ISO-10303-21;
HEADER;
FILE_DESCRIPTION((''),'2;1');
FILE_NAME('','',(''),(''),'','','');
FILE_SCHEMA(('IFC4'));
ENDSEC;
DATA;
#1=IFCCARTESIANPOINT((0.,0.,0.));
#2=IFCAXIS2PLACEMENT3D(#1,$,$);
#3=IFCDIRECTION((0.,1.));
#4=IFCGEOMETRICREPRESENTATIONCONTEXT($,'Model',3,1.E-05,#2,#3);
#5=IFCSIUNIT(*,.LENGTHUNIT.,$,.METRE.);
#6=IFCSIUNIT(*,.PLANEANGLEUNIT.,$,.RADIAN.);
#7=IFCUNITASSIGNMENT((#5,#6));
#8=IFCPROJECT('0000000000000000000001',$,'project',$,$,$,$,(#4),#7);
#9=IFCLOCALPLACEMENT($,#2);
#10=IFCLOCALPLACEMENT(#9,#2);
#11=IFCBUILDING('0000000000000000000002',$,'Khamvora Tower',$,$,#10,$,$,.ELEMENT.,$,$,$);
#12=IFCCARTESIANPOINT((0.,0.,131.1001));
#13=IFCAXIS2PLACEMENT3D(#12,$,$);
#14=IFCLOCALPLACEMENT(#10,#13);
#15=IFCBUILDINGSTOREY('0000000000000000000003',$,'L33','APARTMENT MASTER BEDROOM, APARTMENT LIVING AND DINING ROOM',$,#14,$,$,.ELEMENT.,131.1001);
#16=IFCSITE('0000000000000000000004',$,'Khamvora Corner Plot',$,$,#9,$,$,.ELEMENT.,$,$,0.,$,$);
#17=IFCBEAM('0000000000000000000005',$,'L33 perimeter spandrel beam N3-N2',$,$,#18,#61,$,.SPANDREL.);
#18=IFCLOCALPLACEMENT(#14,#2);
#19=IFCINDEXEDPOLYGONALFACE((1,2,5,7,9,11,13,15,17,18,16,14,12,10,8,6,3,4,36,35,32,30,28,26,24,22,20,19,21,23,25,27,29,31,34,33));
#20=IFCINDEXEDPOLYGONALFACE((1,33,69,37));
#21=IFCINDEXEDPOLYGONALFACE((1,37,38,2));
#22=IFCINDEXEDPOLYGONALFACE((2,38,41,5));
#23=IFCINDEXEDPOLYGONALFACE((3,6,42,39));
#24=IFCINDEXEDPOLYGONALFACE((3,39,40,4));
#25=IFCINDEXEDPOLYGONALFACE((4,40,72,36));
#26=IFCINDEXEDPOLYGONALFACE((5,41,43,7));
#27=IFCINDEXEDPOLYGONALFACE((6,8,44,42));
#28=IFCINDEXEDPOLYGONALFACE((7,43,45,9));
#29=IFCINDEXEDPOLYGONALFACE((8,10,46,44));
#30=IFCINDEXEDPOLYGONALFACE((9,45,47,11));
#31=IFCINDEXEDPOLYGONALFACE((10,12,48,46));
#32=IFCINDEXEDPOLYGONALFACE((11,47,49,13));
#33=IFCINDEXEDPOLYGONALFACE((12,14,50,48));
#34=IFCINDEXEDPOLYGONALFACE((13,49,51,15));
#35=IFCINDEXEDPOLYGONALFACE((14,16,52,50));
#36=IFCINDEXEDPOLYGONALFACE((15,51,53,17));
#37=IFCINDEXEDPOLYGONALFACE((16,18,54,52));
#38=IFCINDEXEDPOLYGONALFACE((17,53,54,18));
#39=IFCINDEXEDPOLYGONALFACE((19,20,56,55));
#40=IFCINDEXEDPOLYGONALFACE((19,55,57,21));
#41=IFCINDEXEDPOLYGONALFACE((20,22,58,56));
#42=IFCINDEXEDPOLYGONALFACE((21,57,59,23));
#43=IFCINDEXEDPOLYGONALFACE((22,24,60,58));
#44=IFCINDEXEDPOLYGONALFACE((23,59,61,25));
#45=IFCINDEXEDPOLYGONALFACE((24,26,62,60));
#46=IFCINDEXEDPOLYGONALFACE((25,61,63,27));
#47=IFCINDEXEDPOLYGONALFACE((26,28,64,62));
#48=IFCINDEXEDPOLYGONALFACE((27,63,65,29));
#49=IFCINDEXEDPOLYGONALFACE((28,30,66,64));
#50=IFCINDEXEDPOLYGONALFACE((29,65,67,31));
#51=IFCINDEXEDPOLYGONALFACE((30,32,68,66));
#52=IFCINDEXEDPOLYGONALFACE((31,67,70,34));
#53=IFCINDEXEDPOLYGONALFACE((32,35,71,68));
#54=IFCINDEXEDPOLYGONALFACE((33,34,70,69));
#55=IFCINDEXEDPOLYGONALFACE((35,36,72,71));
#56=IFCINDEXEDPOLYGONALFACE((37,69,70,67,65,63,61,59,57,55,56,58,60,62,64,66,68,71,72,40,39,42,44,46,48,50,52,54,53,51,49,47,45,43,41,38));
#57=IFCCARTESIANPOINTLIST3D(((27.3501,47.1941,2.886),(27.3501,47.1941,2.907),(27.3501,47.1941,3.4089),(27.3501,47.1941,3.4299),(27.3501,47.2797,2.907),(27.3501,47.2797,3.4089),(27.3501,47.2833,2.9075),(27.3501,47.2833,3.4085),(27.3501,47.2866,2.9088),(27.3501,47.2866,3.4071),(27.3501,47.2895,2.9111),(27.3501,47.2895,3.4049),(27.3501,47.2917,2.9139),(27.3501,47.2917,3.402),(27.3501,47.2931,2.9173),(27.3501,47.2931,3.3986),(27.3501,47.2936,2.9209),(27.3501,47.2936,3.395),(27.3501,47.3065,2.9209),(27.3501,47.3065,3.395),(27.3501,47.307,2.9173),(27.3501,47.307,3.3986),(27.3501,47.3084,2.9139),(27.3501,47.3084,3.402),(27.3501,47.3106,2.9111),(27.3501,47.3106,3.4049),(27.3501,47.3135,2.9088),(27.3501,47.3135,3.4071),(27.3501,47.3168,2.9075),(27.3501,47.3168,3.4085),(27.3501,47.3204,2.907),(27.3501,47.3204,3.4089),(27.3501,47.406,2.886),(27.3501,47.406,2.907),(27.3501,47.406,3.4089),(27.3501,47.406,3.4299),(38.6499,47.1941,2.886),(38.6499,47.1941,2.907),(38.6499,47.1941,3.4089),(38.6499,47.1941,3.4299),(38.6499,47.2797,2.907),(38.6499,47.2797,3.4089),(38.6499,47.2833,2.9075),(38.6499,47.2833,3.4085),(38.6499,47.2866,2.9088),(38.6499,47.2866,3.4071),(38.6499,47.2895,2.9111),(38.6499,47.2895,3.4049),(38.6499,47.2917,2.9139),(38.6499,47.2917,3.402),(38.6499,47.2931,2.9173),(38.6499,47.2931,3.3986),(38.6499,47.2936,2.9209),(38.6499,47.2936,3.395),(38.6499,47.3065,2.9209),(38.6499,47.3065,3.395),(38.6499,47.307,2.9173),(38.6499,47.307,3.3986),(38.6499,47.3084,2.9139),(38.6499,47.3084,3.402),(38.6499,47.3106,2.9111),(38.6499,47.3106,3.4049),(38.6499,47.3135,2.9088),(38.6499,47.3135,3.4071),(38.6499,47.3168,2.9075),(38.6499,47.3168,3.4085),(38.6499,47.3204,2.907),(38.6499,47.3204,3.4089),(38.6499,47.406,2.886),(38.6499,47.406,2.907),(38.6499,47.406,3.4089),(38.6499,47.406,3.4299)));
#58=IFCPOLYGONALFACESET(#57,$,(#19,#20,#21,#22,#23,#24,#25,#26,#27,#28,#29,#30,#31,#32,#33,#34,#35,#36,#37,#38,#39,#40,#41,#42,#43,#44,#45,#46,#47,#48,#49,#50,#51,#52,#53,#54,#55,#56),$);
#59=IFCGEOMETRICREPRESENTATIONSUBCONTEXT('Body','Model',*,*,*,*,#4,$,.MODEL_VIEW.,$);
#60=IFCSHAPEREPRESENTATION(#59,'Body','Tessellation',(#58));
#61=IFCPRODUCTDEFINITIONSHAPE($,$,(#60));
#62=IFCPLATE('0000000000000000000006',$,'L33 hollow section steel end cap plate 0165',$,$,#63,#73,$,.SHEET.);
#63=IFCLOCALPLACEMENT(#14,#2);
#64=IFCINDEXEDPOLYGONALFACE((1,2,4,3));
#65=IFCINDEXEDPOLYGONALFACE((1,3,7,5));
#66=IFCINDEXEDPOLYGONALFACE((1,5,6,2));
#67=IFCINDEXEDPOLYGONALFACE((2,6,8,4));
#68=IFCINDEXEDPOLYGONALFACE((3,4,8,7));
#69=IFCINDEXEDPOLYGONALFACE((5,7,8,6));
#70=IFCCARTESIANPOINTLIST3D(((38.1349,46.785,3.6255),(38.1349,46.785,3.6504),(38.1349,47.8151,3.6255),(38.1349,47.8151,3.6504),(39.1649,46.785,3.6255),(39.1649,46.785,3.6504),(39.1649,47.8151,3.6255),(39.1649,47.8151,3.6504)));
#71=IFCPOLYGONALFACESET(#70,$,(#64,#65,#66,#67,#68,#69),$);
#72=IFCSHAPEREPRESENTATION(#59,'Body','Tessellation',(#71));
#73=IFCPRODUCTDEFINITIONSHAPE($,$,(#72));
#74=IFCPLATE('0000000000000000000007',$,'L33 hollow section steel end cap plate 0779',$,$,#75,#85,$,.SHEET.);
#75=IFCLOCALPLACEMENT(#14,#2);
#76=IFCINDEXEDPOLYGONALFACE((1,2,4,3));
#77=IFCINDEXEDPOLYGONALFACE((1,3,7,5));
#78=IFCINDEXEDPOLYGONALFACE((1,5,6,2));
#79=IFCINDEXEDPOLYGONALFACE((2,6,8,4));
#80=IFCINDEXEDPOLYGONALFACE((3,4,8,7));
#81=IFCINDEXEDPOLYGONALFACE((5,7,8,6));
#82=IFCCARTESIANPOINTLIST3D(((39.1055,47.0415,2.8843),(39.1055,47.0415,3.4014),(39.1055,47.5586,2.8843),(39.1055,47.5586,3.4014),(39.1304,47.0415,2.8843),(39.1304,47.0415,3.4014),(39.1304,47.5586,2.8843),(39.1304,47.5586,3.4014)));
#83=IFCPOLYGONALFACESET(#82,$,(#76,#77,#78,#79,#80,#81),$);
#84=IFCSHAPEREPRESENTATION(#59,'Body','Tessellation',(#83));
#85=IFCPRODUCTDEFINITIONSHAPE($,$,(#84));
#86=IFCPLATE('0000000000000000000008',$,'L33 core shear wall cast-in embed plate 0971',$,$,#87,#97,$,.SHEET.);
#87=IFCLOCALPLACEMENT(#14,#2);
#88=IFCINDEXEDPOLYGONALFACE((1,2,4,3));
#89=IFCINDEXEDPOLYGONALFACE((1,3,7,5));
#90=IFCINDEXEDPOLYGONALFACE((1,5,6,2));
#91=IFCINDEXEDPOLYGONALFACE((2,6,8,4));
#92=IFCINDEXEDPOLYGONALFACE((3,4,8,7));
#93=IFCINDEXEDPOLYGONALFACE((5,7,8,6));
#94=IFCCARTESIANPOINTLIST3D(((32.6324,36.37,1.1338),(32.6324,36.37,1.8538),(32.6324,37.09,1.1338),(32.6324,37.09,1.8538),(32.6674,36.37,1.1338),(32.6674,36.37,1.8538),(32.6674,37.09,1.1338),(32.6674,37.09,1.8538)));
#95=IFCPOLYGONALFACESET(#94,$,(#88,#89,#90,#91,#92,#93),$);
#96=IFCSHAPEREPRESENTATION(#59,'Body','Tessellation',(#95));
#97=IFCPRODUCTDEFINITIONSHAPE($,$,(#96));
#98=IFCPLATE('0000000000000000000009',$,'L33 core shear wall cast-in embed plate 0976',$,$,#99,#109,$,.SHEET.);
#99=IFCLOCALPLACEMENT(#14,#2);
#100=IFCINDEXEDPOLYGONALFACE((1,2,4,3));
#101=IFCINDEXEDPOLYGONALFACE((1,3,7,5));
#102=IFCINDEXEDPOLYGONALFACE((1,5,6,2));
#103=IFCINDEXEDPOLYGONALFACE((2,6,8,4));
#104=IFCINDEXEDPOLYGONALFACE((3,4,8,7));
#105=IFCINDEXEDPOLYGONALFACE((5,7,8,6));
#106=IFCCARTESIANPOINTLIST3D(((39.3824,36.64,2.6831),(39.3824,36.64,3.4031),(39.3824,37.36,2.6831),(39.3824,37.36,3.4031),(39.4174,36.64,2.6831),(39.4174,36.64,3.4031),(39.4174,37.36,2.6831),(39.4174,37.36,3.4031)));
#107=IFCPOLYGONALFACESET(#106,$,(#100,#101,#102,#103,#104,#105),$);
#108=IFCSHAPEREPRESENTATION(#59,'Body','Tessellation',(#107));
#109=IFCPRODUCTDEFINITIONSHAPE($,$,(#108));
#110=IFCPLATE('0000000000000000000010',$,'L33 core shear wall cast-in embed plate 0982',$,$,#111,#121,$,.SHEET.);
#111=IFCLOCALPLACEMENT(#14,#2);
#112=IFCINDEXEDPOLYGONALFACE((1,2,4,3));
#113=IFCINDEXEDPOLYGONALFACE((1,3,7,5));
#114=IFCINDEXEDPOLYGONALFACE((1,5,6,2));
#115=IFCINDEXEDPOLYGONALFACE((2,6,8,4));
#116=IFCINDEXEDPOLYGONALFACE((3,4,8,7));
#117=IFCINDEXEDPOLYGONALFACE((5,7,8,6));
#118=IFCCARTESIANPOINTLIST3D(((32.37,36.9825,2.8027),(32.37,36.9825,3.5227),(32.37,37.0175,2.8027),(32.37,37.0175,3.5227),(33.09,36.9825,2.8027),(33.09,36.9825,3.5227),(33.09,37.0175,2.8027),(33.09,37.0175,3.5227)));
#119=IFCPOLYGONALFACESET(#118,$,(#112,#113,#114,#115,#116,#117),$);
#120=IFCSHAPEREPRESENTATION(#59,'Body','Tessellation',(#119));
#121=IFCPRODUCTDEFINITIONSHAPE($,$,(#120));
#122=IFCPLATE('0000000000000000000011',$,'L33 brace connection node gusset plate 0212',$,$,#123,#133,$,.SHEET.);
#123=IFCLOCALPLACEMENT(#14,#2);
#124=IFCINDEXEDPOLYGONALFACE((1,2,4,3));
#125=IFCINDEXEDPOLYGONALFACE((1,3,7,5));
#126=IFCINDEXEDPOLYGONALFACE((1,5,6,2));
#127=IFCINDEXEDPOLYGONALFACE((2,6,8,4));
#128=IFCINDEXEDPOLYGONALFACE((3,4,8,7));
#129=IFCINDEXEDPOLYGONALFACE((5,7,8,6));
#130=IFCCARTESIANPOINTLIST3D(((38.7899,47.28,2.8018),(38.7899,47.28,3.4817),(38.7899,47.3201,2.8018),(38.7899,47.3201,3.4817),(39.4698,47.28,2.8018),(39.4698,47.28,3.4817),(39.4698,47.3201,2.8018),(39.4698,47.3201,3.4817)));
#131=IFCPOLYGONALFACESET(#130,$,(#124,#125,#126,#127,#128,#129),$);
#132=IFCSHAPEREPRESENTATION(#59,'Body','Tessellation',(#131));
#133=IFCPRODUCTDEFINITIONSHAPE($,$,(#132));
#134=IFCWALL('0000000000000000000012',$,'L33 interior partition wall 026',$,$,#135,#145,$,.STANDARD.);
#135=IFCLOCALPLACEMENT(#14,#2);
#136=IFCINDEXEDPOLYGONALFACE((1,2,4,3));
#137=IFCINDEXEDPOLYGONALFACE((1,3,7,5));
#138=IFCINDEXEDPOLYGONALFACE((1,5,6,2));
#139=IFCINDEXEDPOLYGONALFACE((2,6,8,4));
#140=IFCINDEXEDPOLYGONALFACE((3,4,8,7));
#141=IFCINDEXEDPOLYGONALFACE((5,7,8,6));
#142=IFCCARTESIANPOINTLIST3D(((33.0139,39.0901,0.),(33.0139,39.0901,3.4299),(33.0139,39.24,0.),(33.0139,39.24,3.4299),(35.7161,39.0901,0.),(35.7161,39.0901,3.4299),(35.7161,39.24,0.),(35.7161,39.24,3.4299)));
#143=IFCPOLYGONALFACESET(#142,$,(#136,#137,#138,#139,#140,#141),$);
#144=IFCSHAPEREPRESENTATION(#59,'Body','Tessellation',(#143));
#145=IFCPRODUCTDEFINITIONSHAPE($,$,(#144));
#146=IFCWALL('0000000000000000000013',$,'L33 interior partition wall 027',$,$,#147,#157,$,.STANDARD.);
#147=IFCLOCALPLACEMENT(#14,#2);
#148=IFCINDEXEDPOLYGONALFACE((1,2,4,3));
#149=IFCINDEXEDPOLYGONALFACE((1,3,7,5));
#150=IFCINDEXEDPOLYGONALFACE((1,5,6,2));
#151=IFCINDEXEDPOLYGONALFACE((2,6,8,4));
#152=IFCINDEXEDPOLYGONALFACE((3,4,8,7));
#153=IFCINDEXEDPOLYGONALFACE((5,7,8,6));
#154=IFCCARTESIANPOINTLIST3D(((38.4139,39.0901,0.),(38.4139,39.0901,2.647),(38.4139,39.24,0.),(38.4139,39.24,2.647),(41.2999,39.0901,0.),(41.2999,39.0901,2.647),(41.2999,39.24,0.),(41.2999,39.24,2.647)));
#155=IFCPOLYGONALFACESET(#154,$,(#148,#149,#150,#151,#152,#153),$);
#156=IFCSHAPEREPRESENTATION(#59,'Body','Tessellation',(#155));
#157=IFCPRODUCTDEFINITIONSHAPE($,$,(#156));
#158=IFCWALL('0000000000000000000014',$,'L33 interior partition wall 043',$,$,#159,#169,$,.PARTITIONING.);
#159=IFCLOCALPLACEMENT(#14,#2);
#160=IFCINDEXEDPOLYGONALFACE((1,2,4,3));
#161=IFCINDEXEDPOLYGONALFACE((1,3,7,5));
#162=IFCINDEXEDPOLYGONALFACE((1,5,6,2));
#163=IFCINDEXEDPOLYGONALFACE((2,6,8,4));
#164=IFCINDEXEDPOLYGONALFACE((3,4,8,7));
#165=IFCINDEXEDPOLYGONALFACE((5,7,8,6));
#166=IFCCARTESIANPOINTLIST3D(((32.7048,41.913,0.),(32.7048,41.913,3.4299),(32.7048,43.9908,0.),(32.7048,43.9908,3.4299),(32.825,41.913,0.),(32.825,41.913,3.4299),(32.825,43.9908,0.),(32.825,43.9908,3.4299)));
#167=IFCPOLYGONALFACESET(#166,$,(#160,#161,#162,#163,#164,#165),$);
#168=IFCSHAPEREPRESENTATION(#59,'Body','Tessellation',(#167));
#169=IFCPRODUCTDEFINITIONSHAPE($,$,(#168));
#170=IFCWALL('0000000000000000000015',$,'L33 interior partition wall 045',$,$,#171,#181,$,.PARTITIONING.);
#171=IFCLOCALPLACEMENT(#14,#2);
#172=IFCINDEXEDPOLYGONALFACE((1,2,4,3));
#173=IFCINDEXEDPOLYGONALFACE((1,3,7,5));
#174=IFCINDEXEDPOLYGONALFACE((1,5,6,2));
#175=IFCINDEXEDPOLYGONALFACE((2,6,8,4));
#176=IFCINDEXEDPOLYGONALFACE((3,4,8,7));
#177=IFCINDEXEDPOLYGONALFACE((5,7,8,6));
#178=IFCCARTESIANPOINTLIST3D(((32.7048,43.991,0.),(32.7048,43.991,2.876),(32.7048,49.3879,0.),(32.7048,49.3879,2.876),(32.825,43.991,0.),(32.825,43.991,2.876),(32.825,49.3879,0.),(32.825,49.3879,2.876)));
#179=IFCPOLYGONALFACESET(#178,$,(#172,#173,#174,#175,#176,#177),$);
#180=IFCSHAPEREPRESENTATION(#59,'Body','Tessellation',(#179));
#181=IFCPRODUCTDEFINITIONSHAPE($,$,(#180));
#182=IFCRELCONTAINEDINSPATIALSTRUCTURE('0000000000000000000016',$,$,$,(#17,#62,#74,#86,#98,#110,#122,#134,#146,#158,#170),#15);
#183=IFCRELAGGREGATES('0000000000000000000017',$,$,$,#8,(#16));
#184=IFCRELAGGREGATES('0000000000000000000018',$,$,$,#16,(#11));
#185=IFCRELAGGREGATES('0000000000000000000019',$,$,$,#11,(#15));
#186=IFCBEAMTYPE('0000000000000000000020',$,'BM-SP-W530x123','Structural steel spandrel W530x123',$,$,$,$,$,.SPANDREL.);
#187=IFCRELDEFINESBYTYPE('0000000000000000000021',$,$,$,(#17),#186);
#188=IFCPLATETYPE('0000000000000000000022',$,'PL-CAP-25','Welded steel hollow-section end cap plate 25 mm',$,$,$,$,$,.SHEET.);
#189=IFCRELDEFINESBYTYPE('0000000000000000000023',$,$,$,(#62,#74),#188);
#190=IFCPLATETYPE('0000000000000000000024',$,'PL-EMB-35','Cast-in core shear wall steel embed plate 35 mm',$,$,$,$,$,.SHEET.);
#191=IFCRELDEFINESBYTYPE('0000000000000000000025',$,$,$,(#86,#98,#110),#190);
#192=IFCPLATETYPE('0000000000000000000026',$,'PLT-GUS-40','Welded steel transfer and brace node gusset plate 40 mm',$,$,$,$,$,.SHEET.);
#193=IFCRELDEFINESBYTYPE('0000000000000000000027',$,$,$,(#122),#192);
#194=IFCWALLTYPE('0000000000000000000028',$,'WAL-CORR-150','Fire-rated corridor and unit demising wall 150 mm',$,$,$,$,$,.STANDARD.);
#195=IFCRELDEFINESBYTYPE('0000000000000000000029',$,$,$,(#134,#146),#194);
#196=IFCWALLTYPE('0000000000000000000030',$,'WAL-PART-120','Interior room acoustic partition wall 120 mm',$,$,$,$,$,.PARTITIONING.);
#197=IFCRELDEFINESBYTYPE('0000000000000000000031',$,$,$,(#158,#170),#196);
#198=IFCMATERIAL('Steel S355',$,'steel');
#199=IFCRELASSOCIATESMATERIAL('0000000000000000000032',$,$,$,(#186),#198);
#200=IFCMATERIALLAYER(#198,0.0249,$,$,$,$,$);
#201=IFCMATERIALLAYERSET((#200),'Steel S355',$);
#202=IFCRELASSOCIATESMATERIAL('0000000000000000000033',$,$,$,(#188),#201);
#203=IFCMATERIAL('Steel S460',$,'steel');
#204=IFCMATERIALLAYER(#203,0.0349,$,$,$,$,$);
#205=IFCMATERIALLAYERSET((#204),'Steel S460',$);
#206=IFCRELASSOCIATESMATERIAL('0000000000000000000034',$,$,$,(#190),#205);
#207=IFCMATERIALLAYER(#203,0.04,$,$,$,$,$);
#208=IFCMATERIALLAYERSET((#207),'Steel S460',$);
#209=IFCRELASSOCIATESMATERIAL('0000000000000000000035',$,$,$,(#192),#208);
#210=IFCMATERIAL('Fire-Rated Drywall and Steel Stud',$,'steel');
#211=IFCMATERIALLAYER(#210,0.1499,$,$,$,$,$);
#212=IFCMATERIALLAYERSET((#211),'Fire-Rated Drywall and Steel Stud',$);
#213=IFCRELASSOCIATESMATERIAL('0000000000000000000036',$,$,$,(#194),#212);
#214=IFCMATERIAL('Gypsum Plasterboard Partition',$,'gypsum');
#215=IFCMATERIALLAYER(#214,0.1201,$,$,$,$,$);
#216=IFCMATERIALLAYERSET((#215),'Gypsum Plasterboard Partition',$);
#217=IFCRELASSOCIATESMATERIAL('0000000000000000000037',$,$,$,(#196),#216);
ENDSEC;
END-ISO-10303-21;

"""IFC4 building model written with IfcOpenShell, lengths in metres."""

from ifc_helpers import new_model, si_unit, direction, frame, frame_2d, origin, origin_2d, place, context, subcontext, project, spatial, rectangle, i_section, extrude, material, layer, layer_set, material_profile, profile_set, type_object, element, save


model = new_model("IFC4")

# Units and contexts
model_context = context("Model", 3, precision=1e-05, world=origin(), true_north=direction((0.0, 1.0)))
body_context = subcontext(model_context, "Body", "Model", "MODEL_VIEW")
ifc_project = project(units=[si_unit("LENGTHUNIT", "METRE"), si_unit("PLANEANGLEUNIT", "RADIAN")], contexts=[model_context])

# Site, building, storey
site_placement = place(None, origin())
site = spatial("IfcSite", under=ifc_project, at=site_placement, Name="Khamvora Corner Plot", CompositionType="ELEMENT", RefElevation=0.0)
building_placement = place(site_placement, origin())
building = spatial("IfcBuilding", under=site, at=building_placement, Name="Khamvora Tower", CompositionType="ELEMENT")
storey_placement = place(building_placement, frame((0.0, 0.0, 131.1001)))
storey = spatial("IfcBuildingStorey", under=building, at=storey_placement, Name="L33", Description="APARTMENT MASTER BEDROOM, APARTMENT LIVING AND DINING ROOM", CompositionType="ELEMENT", Elevation=131.1001)

# Shared definitions
ifc_material_1 = material(Name="Steel S355", Category="steel")
ifc_material_2 = material(Name="Steel S460", Category="steel")

# Beam
ifc_material_profile_1 = material_profile(ifc_material_1, i_section(OverallWidth=0.2119, OverallDepth=0.5439, WebThickness=0.0129, FlangeThickness=0.021, FilletRadius=0.0139, at=origin_2d()), Name="W530x123")
ifc_profile_set_1 = profile_set([ifc_material_profile_1], Name="Steel S355")
beam_type_1 = type_object("IfcBeamType", Name="BM-SP-W530x123", Description="Structural steel spandrel W530x123", PredefinedType="SPANDREL", material=ifc_profile_set_1)
beam_1_placement = place(storey_placement, frame((38.6499, 47.3, 3.158), z_axis=(-1.0, 0.0, 0.0), x_axis=(0.0, -1.0, 0.0)))
element("IfcBeam", 1, at=beam_1_placement, inside=storey, type_object=beam_type_1, Name="L33 perimeter spandrel beam N3-N2", PredefinedType="SPANDREL", context=body_context, shape_type="SweptSolid", body=[
    extrude(i_section(OverallWidth=0.2119, OverallDepth=0.5439, WebThickness=0.0129, FlangeThickness=0.021, FilletRadius=0.0139, at=origin_2d()), origin(), (0.0, 0.0, 1.0), 11.2998),
])

# Plates
ifc_layer_1 = layer(ifc_material_1, 0.0249)
ifc_layer_set_1 = layer_set([ifc_layer_1], Name="Steel S355")
plate_type_1 = type_object("IfcPlateType", Name="PL-CAP-25", Description="Welded steel hollow-section end cap plate 25 mm", PredefinedType="SHEET", material=ifc_layer_set_1)
plate_1_placement = place(storey_placement, frame((38.6499, 47.3, 3.6255), z_axis=(0.0, 0.0, 1.0), x_axis=(1.0, 0.0, 0.0)))
element("IfcPlate", 2, at=plate_1_placement, inside=storey, type_object=plate_type_1, Name="L33 hollow section steel end cap plate 0165", PredefinedType="SHEET", context=body_context, shape_type="SweptSolid", body=[
    extrude(rectangle(XDim=1.03, YDim=1.03, at=origin_2d()), origin(), (0.0, 0.0, 1.0), 0.0249),
])
plate_2_placement = place(storey_placement, frame((39.1179, 47.3, 2.8843), z_axis=(0.0, 0.0, 1.0), x_axis=(-1.0, 0.0, 0.0)))
element("IfcPlate", 3, at=plate_2_placement, inside=storey, type_object=plate_type_1, Name="L33 hollow section steel end cap plate 0779", PredefinedType="SHEET", context=body_context, shape_type="SweptSolid", body=[
    extrude(rectangle(XDim=0.0249, YDim=0.5171, at=origin_2d()), origin(), (0.0, 0.0, 1.0), 0.5171),
])
ifc_layer_2 = layer(ifc_material_2, 0.0349)
ifc_layer_set_2 = layer_set([ifc_layer_2], Name="Steel S460")
plate_type_2 = type_object("IfcPlateType", Name="PL-EMB-35", Description="Cast-in core shear wall steel embed plate 35 mm", PredefinedType="SHEET", material=ifc_layer_set_2)
for number, where, z_axis, x_axis, name in (
    (4, (32.6499, 36.73, 1.1338), (0.0, 0.0, 1.0), (1.0, 0.0, 0.0), "L33 core shear wall cast-in embed plate 0971"),
    (5, (39.3999, 37.0, 2.6831), (0.0, 0.0, 1.0), (1.0, 0.0, 0.0), "L33 core shear wall cast-in embed plate 0976"),
):
    element("IfcPlate", number, at=place(storey_placement, frame(where, z_axis=z_axis, x_axis=x_axis)), inside=storey, type_object=plate_type_2, Name=name, PredefinedType="SHEET", context=body_context, shape_type="SweptSolid", body=[
        extrude(rectangle(XDim=0.0349, YDim=0.72, at=origin_2d()), origin(), (0.0, 0.0, 1.0), 0.72),
    ])
plate_3_placement = place(storey_placement, frame((32.73, 37.0, 2.8027), z_axis=(0.0, 0.0, 1.0), x_axis=(1.0, 0.0, 0.0)))
element("IfcPlate", 6, at=plate_3_placement, inside=storey, type_object=plate_type_2, Name="L33 core shear wall cast-in embed plate 0982", PredefinedType="SHEET", context=body_context, shape_type="SweptSolid", body=[
    extrude(rectangle(XDim=0.72, YDim=0.0349, at=origin_2d()), origin(), (0.0, 0.0, 1.0), 0.72),
])
ifc_layer_3 = layer(ifc_material_2, 0.04)
ifc_layer_set_3 = layer_set([ifc_layer_3], Name="Steel S460")
plate_type_3 = type_object("IfcPlateType", Name="PLT-GUS-40", Description="Welded steel transfer and brace node gusset plate 40 mm", PredefinedType="SHEET", material=ifc_layer_set_3)
plate_4_placement = place(storey_placement, frame((39.1299, 47.3, 2.8018), z_axis=(0.0, 0.0, 1.0), x_axis=(1.0, 0.0, 0.0)))
element("IfcPlate", 7, at=plate_4_placement, inside=storey, type_object=plate_type_3, Name="L33 brace connection node gusset plate 0212", PredefinedType="SHEET", context=body_context, shape_type="SweptSolid", body=[
    extrude(rectangle(XDim=0.6799, YDim=0.04, at=origin_2d()), origin(), (0.0, 0.0, 1.0), 0.6799),
])

# Shared definitions
ifc_material_3 = material(Name="Fire-Rated Drywall and Steel Stud", Category="steel")
ifc_layer_4 = layer(ifc_material_3, 0.1499)
ifc_layer_set_4 = layer_set([ifc_layer_4], Name="Fire-Rated Drywall and Steel Stud")
wall_type_1 = type_object("IfcWallType", Name="WAL-CORR-150", Description="Fire-rated corridor and unit demising wall 150 mm", PredefinedType="STANDARD", material=ifc_layer_set_4)

# Walls
wall_1_placement = place(storey_placement, frame((33.0139, 39.165, 0.0), z_axis=(0.0, 0.0, 1.0), x_axis=(1.0, 0.0, 0.0)))
element("IfcWall", 8, at=wall_1_placement, inside=storey, type_object=wall_type_1, Name="L33 interior partition wall 026", PredefinedType="STANDARD", context=body_context, shape_type="SweptSolid", body=[
    extrude(rectangle(XDim=2.7021, YDim=0.1499, at=frame_2d((1.3511, 0.0))), origin(), (0.0, 0.0, 1.0), 3.4299),
])
wall_2_placement = place(storey_placement, frame((38.4141, 39.165, 0.0), z_axis=(0.0, 0.0, 1.0), x_axis=(1.0, 0.0, 0.0)))
element("IfcWall", 9, at=wall_2_placement, inside=storey, type_object=wall_type_1, Name="L33 interior partition wall 027", PredefinedType="STANDARD", context=body_context, shape_type="SweptSolid", body=[
    extrude(rectangle(XDim=2.886, YDim=0.1499, at=frame_2d((1.4429, 0.0))), origin(), (0.0, 0.0, 1.0), 2.647),
])
ifc_material_4 = material(Name="Gypsum Plasterboard Partition", Category="gypsum")
ifc_layer_5 = layer(ifc_material_4, 0.1201)
ifc_layer_set_5 = layer_set([ifc_layer_5], Name="Gypsum Plasterboard Partition")
wall_type_2 = type_object("IfcWallType", Name="WAL-PART-120", Description="Interior room acoustic partition wall 120 mm", PredefinedType="PARTITIONING", material=ifc_layer_set_5)
wall_3_placement = place(storey_placement, frame((32.7649, 43.991, 0.0), z_axis=(0.0, 0.0, 1.0), x_axis=(0.0, -1.0, 0.0)))
element("IfcWall", 10, at=wall_3_placement, inside=storey, type_object=wall_type_2, Name="L33 interior partition wall 043", PredefinedType="PARTITIONING", context=body_context, shape_type="SweptSolid", body=[
    extrude(rectangle(XDim=2.0779, YDim=0.1201, at=frame_2d((1.0391, 0.0))), origin(), (0.0, 0.0, 1.0), 3.4299),
])
wall_4_placement = place(storey_placement, frame((32.7649, 49.3879, 0.0), z_axis=(0.0, 0.0, 1.0), x_axis=(0.0, -1.0, 0.0)))
element("IfcWall", 11, at=wall_4_placement, inside=storey, type_object=wall_type_2, Name="L33 interior partition wall 045", PredefinedType="PARTITIONING", context=body_context, shape_type="SweptSolid", body=[
    extrude(rectangle(XDim=5.397, YDim=0.1201, at=frame_2d((2.6985, 0.0))), origin(), (0.0, 0.0, 1.0), 2.876),
])

save(model, "model.ifc")
